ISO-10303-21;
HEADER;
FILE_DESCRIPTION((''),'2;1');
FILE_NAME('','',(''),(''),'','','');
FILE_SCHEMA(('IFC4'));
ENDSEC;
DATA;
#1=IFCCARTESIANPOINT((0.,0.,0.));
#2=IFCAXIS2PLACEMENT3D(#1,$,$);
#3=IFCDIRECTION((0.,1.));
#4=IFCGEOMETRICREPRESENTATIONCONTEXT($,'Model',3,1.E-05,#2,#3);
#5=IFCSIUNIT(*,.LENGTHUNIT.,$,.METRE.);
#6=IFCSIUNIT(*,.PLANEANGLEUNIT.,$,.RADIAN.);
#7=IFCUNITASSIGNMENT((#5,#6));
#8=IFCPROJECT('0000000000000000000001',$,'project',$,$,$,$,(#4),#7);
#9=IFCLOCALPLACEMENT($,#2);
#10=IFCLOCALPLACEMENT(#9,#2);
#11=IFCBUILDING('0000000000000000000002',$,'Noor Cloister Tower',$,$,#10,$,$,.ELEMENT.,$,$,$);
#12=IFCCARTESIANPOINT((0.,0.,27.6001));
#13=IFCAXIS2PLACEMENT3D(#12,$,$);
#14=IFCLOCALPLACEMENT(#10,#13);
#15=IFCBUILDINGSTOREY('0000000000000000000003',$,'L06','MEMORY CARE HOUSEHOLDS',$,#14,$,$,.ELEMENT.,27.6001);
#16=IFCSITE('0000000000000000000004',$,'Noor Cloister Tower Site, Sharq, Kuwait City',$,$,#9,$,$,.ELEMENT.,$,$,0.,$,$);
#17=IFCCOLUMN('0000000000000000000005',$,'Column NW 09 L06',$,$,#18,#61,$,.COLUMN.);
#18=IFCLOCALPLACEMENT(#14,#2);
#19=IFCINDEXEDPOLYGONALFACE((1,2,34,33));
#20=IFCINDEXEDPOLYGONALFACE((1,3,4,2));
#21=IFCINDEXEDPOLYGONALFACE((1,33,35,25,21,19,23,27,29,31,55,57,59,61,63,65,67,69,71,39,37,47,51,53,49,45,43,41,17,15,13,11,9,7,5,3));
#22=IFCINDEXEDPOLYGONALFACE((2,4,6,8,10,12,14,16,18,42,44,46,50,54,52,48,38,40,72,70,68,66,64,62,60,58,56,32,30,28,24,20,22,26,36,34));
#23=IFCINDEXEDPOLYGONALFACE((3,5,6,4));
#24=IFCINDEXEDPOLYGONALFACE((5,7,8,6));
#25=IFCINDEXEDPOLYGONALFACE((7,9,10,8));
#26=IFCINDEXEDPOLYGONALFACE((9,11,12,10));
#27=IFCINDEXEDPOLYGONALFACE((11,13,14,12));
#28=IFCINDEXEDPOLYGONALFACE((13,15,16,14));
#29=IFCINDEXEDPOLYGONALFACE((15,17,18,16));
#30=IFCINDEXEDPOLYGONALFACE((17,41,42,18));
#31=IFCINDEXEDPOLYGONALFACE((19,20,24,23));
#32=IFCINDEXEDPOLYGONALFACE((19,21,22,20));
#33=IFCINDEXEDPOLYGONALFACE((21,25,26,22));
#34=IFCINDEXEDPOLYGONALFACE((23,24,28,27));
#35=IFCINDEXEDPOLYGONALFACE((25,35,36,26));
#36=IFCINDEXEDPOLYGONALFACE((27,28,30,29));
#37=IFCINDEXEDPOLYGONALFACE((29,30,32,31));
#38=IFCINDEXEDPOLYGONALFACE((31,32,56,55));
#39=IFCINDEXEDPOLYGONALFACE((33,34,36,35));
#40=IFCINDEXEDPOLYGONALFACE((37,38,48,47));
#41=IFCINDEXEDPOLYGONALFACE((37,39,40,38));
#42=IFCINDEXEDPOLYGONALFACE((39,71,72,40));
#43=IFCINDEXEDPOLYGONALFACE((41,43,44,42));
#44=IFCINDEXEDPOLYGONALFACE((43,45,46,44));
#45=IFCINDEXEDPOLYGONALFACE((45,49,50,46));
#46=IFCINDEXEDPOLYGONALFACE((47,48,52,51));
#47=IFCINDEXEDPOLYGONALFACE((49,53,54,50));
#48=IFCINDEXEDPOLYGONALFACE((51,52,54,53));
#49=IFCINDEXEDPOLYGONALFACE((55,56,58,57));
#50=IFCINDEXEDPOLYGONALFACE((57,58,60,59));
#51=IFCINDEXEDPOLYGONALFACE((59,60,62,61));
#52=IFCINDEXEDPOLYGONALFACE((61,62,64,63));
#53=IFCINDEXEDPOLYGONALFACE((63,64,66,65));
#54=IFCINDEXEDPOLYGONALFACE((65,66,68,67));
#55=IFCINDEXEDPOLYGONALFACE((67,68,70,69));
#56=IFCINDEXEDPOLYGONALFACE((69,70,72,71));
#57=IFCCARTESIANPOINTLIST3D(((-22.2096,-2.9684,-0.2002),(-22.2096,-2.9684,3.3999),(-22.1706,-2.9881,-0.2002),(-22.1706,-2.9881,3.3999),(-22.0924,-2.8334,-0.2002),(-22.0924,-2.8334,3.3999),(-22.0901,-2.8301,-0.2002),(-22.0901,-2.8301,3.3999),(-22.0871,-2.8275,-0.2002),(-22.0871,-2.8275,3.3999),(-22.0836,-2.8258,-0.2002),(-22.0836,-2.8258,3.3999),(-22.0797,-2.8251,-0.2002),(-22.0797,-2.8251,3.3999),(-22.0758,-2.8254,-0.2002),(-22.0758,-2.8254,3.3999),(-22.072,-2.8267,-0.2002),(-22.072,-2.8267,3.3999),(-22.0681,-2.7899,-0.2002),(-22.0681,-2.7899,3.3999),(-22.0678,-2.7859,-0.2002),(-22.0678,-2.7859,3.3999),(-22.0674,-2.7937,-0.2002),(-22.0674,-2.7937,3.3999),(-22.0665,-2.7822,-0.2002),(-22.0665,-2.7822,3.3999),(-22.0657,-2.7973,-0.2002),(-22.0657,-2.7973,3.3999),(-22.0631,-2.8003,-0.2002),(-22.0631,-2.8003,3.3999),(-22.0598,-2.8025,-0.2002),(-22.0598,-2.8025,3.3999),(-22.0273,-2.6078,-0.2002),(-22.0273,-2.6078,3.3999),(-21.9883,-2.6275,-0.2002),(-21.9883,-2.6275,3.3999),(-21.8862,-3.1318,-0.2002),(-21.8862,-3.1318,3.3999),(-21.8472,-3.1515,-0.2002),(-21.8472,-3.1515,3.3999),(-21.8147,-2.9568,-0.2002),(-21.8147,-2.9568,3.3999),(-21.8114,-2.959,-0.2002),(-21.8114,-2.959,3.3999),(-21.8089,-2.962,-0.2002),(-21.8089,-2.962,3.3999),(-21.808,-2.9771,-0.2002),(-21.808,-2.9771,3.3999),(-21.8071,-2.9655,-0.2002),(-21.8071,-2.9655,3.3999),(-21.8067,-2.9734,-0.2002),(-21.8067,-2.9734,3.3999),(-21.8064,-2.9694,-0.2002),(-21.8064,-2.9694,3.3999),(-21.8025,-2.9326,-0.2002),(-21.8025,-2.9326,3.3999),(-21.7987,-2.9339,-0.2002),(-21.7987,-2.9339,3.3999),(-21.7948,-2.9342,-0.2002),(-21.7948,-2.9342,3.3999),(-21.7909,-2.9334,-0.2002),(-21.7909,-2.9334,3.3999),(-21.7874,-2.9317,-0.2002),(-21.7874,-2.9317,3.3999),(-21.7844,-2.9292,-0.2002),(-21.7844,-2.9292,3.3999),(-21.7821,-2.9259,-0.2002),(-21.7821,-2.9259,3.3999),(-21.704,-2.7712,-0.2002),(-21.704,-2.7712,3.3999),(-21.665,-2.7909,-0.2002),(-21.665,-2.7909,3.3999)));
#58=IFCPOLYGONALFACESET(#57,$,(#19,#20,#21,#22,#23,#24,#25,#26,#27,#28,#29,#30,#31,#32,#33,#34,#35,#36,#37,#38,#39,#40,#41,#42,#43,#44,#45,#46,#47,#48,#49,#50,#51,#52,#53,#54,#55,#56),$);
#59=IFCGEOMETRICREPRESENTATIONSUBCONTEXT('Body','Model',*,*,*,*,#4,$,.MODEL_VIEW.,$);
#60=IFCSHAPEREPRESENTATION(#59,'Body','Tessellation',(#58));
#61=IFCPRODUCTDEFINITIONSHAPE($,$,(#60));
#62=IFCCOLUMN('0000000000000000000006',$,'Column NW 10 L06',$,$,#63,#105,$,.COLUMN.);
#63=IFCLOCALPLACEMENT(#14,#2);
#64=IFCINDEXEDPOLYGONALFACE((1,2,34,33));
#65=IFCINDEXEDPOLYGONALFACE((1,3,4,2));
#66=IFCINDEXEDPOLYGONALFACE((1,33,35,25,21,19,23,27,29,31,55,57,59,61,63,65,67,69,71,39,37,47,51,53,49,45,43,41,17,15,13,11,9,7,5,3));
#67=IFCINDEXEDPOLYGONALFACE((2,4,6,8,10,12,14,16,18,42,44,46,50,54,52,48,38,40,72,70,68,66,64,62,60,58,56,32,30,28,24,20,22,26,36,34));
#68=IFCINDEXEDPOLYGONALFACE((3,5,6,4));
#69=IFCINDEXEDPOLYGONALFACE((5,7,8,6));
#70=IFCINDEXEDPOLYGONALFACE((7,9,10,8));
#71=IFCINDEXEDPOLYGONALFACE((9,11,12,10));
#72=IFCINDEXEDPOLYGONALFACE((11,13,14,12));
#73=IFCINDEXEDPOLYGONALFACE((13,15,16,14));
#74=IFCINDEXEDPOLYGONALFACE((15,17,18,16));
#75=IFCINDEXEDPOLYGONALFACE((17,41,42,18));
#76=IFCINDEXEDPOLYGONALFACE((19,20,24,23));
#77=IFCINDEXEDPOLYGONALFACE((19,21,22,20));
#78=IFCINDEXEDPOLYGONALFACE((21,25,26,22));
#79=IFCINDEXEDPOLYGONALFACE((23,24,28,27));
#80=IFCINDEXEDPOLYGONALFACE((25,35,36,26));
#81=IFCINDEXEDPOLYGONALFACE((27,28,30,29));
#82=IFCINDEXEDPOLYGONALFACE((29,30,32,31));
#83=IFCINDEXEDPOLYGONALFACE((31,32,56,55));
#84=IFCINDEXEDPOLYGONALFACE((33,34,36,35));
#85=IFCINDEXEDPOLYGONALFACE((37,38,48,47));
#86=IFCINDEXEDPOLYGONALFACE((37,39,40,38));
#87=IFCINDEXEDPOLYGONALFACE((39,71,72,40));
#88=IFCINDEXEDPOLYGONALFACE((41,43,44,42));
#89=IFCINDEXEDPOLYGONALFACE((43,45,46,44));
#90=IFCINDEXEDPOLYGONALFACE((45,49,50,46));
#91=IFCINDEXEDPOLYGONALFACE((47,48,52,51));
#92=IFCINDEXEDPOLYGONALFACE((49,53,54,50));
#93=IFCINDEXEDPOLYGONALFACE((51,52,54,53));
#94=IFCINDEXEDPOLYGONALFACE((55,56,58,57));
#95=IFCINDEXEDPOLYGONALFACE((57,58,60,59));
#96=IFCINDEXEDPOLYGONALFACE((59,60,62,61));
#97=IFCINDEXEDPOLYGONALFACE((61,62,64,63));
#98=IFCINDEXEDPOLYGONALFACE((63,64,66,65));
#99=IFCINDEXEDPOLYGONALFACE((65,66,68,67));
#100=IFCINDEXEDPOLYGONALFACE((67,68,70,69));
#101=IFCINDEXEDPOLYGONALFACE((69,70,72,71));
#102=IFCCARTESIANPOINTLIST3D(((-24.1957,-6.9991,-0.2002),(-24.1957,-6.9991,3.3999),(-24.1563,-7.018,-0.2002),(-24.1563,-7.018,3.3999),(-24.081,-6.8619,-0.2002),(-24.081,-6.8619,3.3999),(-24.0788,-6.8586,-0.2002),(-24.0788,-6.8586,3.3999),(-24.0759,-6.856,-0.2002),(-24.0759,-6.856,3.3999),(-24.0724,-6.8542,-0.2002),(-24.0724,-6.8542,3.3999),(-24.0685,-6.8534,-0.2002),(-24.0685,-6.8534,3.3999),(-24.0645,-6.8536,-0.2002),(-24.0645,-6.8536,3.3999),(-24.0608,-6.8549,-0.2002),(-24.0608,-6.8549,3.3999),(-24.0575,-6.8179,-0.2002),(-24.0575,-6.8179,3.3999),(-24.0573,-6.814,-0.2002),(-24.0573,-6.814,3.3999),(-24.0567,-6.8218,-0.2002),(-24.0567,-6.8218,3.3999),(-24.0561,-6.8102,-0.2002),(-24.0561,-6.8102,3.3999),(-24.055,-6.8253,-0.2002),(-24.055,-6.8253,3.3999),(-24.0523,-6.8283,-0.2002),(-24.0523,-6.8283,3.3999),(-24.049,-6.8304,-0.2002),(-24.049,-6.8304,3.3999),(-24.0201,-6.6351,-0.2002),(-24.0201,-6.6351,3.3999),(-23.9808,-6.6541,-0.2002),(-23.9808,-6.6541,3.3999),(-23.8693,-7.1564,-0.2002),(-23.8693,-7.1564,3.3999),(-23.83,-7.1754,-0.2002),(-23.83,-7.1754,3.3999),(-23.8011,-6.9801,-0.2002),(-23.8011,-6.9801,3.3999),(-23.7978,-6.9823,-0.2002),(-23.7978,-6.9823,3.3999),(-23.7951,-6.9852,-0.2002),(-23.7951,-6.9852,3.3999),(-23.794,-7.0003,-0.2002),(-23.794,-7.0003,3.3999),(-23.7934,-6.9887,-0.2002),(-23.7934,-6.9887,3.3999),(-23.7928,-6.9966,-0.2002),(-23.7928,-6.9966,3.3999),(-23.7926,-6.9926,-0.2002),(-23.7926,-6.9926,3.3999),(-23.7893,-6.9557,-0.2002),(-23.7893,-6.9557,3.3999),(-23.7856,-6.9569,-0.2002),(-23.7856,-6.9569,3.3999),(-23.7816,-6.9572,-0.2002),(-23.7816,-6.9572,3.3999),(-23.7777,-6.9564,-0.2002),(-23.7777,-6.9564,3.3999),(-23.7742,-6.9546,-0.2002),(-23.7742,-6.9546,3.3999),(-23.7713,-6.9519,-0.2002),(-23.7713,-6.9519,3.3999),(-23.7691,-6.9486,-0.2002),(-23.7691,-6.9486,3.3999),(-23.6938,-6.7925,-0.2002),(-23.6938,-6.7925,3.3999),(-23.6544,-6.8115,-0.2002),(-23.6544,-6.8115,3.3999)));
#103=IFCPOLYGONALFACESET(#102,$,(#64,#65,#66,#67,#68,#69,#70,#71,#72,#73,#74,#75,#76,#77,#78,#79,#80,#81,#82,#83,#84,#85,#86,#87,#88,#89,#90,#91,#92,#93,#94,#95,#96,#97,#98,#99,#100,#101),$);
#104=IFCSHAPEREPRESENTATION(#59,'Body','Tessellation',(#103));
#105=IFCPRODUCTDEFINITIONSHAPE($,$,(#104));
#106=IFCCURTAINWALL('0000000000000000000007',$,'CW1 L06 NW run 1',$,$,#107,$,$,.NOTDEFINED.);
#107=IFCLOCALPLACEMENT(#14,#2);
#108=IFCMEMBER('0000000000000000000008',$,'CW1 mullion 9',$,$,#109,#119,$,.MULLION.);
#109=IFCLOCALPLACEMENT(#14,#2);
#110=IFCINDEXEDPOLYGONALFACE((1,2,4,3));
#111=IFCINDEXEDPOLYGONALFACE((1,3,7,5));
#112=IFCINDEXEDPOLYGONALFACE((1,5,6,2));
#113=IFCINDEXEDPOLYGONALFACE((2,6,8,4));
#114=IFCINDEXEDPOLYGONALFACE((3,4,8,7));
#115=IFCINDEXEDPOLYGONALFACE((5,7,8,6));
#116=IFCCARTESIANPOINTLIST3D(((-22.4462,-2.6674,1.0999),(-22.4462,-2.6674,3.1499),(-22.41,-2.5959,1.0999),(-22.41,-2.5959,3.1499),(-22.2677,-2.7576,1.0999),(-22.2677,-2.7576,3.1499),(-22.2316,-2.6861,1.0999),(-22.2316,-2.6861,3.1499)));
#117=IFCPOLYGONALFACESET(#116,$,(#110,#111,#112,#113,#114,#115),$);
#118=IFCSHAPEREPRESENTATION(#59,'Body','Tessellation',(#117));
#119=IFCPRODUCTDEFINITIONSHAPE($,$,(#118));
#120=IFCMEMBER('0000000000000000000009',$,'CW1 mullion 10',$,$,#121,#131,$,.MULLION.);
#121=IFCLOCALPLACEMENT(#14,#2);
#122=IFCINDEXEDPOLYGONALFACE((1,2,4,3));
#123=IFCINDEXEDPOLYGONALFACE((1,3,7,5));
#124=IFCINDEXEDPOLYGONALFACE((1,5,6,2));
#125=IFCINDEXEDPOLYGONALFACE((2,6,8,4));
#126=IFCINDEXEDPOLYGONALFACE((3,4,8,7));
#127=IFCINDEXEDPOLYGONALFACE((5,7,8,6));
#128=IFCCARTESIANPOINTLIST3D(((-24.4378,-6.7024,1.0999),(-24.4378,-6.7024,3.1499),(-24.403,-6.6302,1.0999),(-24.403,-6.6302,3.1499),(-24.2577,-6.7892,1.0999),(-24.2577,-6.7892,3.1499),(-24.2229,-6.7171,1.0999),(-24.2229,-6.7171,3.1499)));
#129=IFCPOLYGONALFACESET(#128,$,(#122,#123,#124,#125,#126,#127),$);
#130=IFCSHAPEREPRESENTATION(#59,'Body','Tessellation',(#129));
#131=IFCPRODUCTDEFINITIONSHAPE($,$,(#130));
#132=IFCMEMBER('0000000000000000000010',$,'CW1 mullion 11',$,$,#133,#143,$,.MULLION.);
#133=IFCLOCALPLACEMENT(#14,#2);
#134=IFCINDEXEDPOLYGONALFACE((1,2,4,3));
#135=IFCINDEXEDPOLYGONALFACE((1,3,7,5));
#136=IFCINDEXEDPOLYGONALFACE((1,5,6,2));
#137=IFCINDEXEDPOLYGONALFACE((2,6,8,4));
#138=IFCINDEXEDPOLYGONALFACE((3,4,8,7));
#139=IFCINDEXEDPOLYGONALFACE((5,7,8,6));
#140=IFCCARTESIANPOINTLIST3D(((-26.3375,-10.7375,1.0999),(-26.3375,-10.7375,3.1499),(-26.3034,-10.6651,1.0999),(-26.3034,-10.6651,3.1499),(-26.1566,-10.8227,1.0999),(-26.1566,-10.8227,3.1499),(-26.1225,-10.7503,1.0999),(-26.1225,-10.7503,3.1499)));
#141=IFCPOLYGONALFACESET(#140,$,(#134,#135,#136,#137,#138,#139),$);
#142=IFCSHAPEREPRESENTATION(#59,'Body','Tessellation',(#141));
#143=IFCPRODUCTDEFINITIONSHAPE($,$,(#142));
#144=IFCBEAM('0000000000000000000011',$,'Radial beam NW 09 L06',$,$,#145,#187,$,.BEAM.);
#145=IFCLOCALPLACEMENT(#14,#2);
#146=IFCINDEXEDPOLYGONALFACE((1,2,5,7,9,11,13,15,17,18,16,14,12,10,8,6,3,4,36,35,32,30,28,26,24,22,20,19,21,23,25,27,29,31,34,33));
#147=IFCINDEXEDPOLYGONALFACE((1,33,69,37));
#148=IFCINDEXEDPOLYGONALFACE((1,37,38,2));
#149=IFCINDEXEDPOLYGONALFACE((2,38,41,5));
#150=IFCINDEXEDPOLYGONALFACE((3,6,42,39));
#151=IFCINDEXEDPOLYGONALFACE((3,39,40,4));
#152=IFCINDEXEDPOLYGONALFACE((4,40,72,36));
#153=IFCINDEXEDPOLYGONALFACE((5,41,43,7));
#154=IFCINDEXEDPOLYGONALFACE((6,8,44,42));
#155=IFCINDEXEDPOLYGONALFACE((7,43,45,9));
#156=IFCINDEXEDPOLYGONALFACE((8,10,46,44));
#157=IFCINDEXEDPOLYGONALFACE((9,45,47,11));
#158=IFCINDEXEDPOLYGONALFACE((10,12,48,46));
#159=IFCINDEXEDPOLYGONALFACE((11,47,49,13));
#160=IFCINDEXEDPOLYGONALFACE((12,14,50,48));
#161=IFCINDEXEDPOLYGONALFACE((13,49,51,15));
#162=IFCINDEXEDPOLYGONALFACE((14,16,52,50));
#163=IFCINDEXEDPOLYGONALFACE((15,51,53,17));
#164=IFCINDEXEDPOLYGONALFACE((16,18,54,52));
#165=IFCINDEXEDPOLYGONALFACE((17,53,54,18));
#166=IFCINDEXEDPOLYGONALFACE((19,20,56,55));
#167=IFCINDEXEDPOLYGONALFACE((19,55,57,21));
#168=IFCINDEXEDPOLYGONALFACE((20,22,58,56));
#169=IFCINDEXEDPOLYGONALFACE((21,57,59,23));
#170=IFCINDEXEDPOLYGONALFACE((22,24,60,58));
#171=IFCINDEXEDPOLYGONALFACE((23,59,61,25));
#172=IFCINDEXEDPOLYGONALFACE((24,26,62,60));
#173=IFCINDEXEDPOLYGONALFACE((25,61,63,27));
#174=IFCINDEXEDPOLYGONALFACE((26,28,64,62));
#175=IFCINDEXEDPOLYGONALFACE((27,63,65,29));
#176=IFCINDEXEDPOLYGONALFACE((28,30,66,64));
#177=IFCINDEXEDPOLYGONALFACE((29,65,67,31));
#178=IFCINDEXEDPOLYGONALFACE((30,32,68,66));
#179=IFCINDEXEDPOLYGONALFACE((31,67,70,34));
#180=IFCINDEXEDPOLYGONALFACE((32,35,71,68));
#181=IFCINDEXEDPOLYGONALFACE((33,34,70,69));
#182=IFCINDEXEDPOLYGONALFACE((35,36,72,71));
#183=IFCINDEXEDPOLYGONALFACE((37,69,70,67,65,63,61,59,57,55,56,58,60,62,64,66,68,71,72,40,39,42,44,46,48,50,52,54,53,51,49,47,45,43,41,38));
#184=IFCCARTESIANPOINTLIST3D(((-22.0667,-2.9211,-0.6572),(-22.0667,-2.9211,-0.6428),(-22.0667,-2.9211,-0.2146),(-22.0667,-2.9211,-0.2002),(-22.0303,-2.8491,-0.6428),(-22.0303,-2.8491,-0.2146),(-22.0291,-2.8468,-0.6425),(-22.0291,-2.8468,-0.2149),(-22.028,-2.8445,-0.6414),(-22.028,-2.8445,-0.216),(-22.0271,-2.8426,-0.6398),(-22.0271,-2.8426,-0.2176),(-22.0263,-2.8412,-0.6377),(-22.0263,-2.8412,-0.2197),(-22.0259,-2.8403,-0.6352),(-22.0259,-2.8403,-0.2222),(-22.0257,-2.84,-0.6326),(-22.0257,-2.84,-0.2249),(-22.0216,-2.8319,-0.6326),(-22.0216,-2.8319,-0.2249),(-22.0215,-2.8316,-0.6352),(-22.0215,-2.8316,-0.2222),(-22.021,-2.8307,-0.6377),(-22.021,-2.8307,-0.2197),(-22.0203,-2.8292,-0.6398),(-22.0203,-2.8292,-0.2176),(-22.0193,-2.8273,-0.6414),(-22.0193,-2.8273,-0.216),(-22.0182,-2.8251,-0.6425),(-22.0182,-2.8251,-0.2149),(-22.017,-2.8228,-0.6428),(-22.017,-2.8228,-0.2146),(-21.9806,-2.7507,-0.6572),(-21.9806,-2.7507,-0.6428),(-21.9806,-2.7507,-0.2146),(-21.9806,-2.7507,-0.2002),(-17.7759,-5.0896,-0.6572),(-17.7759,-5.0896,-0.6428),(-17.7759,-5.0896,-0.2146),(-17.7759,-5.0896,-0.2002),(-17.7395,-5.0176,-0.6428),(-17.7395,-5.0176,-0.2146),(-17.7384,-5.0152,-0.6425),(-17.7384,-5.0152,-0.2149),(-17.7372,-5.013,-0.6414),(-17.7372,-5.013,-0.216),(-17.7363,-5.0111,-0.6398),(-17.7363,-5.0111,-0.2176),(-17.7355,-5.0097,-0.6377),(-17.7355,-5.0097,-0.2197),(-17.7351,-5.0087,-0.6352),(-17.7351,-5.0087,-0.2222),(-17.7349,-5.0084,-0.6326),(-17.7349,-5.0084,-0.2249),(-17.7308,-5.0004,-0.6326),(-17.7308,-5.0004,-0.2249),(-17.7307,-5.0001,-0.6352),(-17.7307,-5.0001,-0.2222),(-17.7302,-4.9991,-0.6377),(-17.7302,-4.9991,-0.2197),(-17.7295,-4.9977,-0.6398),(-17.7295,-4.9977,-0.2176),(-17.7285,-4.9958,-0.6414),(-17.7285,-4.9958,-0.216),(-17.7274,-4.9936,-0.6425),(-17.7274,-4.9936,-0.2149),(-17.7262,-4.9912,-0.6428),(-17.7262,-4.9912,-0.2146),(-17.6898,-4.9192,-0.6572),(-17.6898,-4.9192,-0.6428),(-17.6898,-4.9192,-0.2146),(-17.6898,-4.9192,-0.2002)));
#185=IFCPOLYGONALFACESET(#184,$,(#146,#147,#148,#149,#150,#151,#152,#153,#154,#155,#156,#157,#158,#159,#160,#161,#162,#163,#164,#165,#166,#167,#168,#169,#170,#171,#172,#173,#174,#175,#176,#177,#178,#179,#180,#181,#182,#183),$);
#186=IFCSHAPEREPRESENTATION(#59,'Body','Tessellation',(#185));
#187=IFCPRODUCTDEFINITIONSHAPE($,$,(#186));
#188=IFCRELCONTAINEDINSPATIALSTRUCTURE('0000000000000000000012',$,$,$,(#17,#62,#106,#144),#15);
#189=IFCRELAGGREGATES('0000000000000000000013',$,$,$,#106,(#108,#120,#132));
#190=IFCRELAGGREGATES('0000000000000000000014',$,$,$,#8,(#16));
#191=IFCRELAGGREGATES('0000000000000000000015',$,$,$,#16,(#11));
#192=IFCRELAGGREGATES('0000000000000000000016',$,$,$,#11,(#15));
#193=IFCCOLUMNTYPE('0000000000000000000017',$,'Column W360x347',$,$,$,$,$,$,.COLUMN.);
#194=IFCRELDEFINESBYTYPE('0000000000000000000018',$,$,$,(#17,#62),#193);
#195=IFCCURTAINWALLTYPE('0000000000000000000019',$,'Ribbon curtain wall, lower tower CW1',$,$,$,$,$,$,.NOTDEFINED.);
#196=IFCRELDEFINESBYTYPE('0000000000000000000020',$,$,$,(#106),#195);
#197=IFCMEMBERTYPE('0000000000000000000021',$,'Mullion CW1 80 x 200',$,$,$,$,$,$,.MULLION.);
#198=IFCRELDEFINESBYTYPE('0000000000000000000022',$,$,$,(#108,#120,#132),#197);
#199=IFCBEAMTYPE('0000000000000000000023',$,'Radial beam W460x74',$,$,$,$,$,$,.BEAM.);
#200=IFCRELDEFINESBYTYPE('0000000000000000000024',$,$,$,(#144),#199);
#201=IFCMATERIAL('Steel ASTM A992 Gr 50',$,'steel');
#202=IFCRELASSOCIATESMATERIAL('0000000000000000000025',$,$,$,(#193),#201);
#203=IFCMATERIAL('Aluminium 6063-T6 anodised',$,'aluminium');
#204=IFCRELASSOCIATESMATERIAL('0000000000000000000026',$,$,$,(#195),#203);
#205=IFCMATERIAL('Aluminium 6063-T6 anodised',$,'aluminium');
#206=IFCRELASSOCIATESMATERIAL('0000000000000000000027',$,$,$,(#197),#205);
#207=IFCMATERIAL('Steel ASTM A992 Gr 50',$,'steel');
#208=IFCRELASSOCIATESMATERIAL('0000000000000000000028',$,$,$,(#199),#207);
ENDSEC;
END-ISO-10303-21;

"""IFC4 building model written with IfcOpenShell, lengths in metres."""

from ifc_helpers import new_model, si_unit, direction, frame, origin, origin_2d, place, context, subcontext, project, spatial, rectangle, i_section, extrude, material, material_profile, profile_set, type_object, element, aggregate, save


model = new_model("IFC4")

# Units and contexts
model_context = context("Model", 3, precision=1e-05, world=origin(), true_north=direction((0.0, 1.0)))
body_context = subcontext(model_context, "Body", "Model", "MODEL_VIEW")
ifc_project = project(units=[si_unit("LENGTHUNIT", "METRE"), si_unit("PLANEANGLEUNIT", "RADIAN")], contexts=[model_context])

# Site, building, storey
site_placement = place(None, origin())
site = spatial("IfcSite", under=ifc_project, at=site_placement, Name="Noor Cloister Tower Site, Sharq, Kuwait City", CompositionType="ELEMENT", RefElevation=0.0)
building_placement = place(site_placement, origin())
building = spatial("IfcBuilding", under=site, at=building_placement, Name="Noor Cloister Tower", CompositionType="ELEMENT")
storey_placement = place(building_placement, frame((0.0, 0.0, 27.6001)))
storey = spatial("IfcBuildingStorey", under=building, at=storey_placement, Name="L06", Description="MEMORY CARE HOUSEHOLDS", CompositionType="ELEMENT", Elevation=27.6001)

# Columns
ifc_material_1 = material(Name="Steel ASTM A992 Gr 50", Category="steel")
ifc_material_profile_1 = material_profile(ifc_material_1, i_section(OverallWidth=0.4041, OverallDepth=0.406, WebThickness=0.0271, FlangeThickness=0.0437, FilletRadius=0.0151, at=origin_2d()), Name="W360x347")
ifc_profile_set_1 = profile_set([ifc_material_profile_1], Name="Steel ASTM A992 Gr 50")
column_type = type_object("IfcColumnType", Name="Column W360x347", PredefinedType="COLUMN", material=ifc_profile_set_1)
for number, where, z_axis, x_axis, name in (
    (1, (-21.9373, -2.8796, -0.2002), (0.0, 0.0, 1.0), (-0.451046, -0.892501, 0.0), "Column NW 09 L06"),
    (2, (-23.925, -6.9053, -0.2002), (0.0, 0.0, 1.0), (-0.43441, -0.900715, 0.0), "Column NW 10 L06"),
):
    element("IfcColumn", number, at=place(storey_placement, frame(where, z_axis=z_axis, x_axis=x_axis)), inside=storey, type_object=column_type, Name=name, PredefinedType="COLUMN", context=body_context, shape_type="SweptSolid", body=[
        extrude(i_section(OverallWidth=0.4041, OverallDepth=0.406, WebThickness=0.0271, FlangeThickness=0.0437, FilletRadius=0.0151, at=origin_2d()), origin(), (0.0, 0.0, 1.0), 3.6001),
    ])

# Curtain wall, members
ifc_material_2 = material(Name="Aluminium 6063-T6 anodised", Category="aluminium")
curtain_wall_type = type_object("IfcCurtainWallType", Name="Ribbon curtain wall, lower tower CW1", PredefinedType="NOTDEFINED", material=ifc_material_2)
curtain_wall_placement = place(storey_placement, origin())
curtain_wall = element("IfcCurtainWall", 3, at=curtain_wall_placement, inside=storey, type_object=curtain_wall_type, Name="CW1 L06 NW run 1", PredefinedType="NOTDEFINED")
ifc_material_3 = material(Name="Aluminium 6063-T6 anodised", Category="aluminium")
ifc_material_profile_2 = material_profile(ifc_material_3, rectangle(XDim=0.2, YDim=0.0801, at=origin_2d()), Name="200 x 80 mullion")
ifc_profile_set_2 = profile_set([ifc_material_profile_2], Name="Aluminium 6063-T6 anodised")
member_type = type_object("IfcMemberType", Name="Mullion CW1 80 x 200", PredefinedType="MULLION", material=ifc_profile_set_2)
member_1_placement = place(storey_placement, frame((-22.3389, -2.6768, 1.0999), z_axis=(0.0, 0.0, 1.0), x_axis=(0.892501, -0.451046, 0.0)))
member_1 = element("IfcMember", 4, at=member_1_placement, type_object=member_type, Name="CW1 mullion 9", PredefinedType="MULLION", context=body_context, shape_type="SweptSolid", body=[
    extrude(rectangle(XDim=0.2, YDim=0.0801, at=origin_2d()), origin(), (0.0, 0.0, 1.0), 2.05),
])
member_2_placement = place(storey_placement, frame((-24.3303, -6.7097, 1.0999), z_axis=(0.0, 0.0, 1.0), x_axis=(0.900715, -0.43441, 0.0)))
member_2 = element("IfcMember", 5, at=member_2_placement, type_object=member_type, Name="CW1 mullion 10", PredefinedType="MULLION", context=body_context, shape_type="SweptSolid", body=[
    extrude(rectangle(XDim=0.2, YDim=0.0801, at=origin_2d()), origin(), (0.0, 0.0, 1.0), 2.05),
])
member_3_placement = place(storey_placement, frame((-26.23, -10.7439, 1.0999), z_axis=(0.0, 0.0, 1.0), x_axis=(0.904706, -0.426036, 0.0)))
member_3 = element("IfcMember", 6, at=member_3_placement, type_object=member_type, Name="CW1 mullion 11", PredefinedType="MULLION", context=body_context, shape_type="SweptSolid", body=[
    extrude(rectangle(XDim=0.2, YDim=0.0801, at=origin_2d()), origin(), (0.0, 0.0, 1.0), 2.05),
])

# Beam
ifc_material_4 = material(Name="Steel ASTM A992 Gr 50", Category="steel")
ifc_material_profile_3 = material_profile(ifc_material_4, i_section(OverallWidth=0.1909, OverallDepth=0.457, WebThickness=0.009, FlangeThickness=0.0144, FilletRadius=0.0103, at=origin_2d()), Name="W460x74")
ifc_profile_set_3 = profile_set([ifc_material_profile_3], Name="Steel ASTM A992 Gr 50")
beam_type_1 = type_object("IfcBeamType", Name="Radial beam W460x74", PredefinedType="BEAM", material=ifc_profile_set_3)
beam_1_placement = place(storey_placement, frame((-22.0237, -2.8359, -0.4287), z_axis=(0.892499, -0.451049, 0.0), x_axis=(0.451049, 0.892499, 0.0)))
element("IfcBeam", 7, at=beam_1_placement, inside=storey, type_object=beam_type_1, Name="Radial beam NW 09 L06", PredefinedType="BEAM", context=body_context, shape_type="SweptSolid", body=[
    extrude(i_section(OverallWidth=0.1909, OverallDepth=0.457, WebThickness=0.009, FlangeThickness=0.0144, FilletRadius=0.0103, at=origin_2d()), origin(), (0.0, 0.0, 1.0), 4.8076),
])

aggregate(curtain_wall, [member_1, member_2, member_3])

save(model, "model.ifc")
